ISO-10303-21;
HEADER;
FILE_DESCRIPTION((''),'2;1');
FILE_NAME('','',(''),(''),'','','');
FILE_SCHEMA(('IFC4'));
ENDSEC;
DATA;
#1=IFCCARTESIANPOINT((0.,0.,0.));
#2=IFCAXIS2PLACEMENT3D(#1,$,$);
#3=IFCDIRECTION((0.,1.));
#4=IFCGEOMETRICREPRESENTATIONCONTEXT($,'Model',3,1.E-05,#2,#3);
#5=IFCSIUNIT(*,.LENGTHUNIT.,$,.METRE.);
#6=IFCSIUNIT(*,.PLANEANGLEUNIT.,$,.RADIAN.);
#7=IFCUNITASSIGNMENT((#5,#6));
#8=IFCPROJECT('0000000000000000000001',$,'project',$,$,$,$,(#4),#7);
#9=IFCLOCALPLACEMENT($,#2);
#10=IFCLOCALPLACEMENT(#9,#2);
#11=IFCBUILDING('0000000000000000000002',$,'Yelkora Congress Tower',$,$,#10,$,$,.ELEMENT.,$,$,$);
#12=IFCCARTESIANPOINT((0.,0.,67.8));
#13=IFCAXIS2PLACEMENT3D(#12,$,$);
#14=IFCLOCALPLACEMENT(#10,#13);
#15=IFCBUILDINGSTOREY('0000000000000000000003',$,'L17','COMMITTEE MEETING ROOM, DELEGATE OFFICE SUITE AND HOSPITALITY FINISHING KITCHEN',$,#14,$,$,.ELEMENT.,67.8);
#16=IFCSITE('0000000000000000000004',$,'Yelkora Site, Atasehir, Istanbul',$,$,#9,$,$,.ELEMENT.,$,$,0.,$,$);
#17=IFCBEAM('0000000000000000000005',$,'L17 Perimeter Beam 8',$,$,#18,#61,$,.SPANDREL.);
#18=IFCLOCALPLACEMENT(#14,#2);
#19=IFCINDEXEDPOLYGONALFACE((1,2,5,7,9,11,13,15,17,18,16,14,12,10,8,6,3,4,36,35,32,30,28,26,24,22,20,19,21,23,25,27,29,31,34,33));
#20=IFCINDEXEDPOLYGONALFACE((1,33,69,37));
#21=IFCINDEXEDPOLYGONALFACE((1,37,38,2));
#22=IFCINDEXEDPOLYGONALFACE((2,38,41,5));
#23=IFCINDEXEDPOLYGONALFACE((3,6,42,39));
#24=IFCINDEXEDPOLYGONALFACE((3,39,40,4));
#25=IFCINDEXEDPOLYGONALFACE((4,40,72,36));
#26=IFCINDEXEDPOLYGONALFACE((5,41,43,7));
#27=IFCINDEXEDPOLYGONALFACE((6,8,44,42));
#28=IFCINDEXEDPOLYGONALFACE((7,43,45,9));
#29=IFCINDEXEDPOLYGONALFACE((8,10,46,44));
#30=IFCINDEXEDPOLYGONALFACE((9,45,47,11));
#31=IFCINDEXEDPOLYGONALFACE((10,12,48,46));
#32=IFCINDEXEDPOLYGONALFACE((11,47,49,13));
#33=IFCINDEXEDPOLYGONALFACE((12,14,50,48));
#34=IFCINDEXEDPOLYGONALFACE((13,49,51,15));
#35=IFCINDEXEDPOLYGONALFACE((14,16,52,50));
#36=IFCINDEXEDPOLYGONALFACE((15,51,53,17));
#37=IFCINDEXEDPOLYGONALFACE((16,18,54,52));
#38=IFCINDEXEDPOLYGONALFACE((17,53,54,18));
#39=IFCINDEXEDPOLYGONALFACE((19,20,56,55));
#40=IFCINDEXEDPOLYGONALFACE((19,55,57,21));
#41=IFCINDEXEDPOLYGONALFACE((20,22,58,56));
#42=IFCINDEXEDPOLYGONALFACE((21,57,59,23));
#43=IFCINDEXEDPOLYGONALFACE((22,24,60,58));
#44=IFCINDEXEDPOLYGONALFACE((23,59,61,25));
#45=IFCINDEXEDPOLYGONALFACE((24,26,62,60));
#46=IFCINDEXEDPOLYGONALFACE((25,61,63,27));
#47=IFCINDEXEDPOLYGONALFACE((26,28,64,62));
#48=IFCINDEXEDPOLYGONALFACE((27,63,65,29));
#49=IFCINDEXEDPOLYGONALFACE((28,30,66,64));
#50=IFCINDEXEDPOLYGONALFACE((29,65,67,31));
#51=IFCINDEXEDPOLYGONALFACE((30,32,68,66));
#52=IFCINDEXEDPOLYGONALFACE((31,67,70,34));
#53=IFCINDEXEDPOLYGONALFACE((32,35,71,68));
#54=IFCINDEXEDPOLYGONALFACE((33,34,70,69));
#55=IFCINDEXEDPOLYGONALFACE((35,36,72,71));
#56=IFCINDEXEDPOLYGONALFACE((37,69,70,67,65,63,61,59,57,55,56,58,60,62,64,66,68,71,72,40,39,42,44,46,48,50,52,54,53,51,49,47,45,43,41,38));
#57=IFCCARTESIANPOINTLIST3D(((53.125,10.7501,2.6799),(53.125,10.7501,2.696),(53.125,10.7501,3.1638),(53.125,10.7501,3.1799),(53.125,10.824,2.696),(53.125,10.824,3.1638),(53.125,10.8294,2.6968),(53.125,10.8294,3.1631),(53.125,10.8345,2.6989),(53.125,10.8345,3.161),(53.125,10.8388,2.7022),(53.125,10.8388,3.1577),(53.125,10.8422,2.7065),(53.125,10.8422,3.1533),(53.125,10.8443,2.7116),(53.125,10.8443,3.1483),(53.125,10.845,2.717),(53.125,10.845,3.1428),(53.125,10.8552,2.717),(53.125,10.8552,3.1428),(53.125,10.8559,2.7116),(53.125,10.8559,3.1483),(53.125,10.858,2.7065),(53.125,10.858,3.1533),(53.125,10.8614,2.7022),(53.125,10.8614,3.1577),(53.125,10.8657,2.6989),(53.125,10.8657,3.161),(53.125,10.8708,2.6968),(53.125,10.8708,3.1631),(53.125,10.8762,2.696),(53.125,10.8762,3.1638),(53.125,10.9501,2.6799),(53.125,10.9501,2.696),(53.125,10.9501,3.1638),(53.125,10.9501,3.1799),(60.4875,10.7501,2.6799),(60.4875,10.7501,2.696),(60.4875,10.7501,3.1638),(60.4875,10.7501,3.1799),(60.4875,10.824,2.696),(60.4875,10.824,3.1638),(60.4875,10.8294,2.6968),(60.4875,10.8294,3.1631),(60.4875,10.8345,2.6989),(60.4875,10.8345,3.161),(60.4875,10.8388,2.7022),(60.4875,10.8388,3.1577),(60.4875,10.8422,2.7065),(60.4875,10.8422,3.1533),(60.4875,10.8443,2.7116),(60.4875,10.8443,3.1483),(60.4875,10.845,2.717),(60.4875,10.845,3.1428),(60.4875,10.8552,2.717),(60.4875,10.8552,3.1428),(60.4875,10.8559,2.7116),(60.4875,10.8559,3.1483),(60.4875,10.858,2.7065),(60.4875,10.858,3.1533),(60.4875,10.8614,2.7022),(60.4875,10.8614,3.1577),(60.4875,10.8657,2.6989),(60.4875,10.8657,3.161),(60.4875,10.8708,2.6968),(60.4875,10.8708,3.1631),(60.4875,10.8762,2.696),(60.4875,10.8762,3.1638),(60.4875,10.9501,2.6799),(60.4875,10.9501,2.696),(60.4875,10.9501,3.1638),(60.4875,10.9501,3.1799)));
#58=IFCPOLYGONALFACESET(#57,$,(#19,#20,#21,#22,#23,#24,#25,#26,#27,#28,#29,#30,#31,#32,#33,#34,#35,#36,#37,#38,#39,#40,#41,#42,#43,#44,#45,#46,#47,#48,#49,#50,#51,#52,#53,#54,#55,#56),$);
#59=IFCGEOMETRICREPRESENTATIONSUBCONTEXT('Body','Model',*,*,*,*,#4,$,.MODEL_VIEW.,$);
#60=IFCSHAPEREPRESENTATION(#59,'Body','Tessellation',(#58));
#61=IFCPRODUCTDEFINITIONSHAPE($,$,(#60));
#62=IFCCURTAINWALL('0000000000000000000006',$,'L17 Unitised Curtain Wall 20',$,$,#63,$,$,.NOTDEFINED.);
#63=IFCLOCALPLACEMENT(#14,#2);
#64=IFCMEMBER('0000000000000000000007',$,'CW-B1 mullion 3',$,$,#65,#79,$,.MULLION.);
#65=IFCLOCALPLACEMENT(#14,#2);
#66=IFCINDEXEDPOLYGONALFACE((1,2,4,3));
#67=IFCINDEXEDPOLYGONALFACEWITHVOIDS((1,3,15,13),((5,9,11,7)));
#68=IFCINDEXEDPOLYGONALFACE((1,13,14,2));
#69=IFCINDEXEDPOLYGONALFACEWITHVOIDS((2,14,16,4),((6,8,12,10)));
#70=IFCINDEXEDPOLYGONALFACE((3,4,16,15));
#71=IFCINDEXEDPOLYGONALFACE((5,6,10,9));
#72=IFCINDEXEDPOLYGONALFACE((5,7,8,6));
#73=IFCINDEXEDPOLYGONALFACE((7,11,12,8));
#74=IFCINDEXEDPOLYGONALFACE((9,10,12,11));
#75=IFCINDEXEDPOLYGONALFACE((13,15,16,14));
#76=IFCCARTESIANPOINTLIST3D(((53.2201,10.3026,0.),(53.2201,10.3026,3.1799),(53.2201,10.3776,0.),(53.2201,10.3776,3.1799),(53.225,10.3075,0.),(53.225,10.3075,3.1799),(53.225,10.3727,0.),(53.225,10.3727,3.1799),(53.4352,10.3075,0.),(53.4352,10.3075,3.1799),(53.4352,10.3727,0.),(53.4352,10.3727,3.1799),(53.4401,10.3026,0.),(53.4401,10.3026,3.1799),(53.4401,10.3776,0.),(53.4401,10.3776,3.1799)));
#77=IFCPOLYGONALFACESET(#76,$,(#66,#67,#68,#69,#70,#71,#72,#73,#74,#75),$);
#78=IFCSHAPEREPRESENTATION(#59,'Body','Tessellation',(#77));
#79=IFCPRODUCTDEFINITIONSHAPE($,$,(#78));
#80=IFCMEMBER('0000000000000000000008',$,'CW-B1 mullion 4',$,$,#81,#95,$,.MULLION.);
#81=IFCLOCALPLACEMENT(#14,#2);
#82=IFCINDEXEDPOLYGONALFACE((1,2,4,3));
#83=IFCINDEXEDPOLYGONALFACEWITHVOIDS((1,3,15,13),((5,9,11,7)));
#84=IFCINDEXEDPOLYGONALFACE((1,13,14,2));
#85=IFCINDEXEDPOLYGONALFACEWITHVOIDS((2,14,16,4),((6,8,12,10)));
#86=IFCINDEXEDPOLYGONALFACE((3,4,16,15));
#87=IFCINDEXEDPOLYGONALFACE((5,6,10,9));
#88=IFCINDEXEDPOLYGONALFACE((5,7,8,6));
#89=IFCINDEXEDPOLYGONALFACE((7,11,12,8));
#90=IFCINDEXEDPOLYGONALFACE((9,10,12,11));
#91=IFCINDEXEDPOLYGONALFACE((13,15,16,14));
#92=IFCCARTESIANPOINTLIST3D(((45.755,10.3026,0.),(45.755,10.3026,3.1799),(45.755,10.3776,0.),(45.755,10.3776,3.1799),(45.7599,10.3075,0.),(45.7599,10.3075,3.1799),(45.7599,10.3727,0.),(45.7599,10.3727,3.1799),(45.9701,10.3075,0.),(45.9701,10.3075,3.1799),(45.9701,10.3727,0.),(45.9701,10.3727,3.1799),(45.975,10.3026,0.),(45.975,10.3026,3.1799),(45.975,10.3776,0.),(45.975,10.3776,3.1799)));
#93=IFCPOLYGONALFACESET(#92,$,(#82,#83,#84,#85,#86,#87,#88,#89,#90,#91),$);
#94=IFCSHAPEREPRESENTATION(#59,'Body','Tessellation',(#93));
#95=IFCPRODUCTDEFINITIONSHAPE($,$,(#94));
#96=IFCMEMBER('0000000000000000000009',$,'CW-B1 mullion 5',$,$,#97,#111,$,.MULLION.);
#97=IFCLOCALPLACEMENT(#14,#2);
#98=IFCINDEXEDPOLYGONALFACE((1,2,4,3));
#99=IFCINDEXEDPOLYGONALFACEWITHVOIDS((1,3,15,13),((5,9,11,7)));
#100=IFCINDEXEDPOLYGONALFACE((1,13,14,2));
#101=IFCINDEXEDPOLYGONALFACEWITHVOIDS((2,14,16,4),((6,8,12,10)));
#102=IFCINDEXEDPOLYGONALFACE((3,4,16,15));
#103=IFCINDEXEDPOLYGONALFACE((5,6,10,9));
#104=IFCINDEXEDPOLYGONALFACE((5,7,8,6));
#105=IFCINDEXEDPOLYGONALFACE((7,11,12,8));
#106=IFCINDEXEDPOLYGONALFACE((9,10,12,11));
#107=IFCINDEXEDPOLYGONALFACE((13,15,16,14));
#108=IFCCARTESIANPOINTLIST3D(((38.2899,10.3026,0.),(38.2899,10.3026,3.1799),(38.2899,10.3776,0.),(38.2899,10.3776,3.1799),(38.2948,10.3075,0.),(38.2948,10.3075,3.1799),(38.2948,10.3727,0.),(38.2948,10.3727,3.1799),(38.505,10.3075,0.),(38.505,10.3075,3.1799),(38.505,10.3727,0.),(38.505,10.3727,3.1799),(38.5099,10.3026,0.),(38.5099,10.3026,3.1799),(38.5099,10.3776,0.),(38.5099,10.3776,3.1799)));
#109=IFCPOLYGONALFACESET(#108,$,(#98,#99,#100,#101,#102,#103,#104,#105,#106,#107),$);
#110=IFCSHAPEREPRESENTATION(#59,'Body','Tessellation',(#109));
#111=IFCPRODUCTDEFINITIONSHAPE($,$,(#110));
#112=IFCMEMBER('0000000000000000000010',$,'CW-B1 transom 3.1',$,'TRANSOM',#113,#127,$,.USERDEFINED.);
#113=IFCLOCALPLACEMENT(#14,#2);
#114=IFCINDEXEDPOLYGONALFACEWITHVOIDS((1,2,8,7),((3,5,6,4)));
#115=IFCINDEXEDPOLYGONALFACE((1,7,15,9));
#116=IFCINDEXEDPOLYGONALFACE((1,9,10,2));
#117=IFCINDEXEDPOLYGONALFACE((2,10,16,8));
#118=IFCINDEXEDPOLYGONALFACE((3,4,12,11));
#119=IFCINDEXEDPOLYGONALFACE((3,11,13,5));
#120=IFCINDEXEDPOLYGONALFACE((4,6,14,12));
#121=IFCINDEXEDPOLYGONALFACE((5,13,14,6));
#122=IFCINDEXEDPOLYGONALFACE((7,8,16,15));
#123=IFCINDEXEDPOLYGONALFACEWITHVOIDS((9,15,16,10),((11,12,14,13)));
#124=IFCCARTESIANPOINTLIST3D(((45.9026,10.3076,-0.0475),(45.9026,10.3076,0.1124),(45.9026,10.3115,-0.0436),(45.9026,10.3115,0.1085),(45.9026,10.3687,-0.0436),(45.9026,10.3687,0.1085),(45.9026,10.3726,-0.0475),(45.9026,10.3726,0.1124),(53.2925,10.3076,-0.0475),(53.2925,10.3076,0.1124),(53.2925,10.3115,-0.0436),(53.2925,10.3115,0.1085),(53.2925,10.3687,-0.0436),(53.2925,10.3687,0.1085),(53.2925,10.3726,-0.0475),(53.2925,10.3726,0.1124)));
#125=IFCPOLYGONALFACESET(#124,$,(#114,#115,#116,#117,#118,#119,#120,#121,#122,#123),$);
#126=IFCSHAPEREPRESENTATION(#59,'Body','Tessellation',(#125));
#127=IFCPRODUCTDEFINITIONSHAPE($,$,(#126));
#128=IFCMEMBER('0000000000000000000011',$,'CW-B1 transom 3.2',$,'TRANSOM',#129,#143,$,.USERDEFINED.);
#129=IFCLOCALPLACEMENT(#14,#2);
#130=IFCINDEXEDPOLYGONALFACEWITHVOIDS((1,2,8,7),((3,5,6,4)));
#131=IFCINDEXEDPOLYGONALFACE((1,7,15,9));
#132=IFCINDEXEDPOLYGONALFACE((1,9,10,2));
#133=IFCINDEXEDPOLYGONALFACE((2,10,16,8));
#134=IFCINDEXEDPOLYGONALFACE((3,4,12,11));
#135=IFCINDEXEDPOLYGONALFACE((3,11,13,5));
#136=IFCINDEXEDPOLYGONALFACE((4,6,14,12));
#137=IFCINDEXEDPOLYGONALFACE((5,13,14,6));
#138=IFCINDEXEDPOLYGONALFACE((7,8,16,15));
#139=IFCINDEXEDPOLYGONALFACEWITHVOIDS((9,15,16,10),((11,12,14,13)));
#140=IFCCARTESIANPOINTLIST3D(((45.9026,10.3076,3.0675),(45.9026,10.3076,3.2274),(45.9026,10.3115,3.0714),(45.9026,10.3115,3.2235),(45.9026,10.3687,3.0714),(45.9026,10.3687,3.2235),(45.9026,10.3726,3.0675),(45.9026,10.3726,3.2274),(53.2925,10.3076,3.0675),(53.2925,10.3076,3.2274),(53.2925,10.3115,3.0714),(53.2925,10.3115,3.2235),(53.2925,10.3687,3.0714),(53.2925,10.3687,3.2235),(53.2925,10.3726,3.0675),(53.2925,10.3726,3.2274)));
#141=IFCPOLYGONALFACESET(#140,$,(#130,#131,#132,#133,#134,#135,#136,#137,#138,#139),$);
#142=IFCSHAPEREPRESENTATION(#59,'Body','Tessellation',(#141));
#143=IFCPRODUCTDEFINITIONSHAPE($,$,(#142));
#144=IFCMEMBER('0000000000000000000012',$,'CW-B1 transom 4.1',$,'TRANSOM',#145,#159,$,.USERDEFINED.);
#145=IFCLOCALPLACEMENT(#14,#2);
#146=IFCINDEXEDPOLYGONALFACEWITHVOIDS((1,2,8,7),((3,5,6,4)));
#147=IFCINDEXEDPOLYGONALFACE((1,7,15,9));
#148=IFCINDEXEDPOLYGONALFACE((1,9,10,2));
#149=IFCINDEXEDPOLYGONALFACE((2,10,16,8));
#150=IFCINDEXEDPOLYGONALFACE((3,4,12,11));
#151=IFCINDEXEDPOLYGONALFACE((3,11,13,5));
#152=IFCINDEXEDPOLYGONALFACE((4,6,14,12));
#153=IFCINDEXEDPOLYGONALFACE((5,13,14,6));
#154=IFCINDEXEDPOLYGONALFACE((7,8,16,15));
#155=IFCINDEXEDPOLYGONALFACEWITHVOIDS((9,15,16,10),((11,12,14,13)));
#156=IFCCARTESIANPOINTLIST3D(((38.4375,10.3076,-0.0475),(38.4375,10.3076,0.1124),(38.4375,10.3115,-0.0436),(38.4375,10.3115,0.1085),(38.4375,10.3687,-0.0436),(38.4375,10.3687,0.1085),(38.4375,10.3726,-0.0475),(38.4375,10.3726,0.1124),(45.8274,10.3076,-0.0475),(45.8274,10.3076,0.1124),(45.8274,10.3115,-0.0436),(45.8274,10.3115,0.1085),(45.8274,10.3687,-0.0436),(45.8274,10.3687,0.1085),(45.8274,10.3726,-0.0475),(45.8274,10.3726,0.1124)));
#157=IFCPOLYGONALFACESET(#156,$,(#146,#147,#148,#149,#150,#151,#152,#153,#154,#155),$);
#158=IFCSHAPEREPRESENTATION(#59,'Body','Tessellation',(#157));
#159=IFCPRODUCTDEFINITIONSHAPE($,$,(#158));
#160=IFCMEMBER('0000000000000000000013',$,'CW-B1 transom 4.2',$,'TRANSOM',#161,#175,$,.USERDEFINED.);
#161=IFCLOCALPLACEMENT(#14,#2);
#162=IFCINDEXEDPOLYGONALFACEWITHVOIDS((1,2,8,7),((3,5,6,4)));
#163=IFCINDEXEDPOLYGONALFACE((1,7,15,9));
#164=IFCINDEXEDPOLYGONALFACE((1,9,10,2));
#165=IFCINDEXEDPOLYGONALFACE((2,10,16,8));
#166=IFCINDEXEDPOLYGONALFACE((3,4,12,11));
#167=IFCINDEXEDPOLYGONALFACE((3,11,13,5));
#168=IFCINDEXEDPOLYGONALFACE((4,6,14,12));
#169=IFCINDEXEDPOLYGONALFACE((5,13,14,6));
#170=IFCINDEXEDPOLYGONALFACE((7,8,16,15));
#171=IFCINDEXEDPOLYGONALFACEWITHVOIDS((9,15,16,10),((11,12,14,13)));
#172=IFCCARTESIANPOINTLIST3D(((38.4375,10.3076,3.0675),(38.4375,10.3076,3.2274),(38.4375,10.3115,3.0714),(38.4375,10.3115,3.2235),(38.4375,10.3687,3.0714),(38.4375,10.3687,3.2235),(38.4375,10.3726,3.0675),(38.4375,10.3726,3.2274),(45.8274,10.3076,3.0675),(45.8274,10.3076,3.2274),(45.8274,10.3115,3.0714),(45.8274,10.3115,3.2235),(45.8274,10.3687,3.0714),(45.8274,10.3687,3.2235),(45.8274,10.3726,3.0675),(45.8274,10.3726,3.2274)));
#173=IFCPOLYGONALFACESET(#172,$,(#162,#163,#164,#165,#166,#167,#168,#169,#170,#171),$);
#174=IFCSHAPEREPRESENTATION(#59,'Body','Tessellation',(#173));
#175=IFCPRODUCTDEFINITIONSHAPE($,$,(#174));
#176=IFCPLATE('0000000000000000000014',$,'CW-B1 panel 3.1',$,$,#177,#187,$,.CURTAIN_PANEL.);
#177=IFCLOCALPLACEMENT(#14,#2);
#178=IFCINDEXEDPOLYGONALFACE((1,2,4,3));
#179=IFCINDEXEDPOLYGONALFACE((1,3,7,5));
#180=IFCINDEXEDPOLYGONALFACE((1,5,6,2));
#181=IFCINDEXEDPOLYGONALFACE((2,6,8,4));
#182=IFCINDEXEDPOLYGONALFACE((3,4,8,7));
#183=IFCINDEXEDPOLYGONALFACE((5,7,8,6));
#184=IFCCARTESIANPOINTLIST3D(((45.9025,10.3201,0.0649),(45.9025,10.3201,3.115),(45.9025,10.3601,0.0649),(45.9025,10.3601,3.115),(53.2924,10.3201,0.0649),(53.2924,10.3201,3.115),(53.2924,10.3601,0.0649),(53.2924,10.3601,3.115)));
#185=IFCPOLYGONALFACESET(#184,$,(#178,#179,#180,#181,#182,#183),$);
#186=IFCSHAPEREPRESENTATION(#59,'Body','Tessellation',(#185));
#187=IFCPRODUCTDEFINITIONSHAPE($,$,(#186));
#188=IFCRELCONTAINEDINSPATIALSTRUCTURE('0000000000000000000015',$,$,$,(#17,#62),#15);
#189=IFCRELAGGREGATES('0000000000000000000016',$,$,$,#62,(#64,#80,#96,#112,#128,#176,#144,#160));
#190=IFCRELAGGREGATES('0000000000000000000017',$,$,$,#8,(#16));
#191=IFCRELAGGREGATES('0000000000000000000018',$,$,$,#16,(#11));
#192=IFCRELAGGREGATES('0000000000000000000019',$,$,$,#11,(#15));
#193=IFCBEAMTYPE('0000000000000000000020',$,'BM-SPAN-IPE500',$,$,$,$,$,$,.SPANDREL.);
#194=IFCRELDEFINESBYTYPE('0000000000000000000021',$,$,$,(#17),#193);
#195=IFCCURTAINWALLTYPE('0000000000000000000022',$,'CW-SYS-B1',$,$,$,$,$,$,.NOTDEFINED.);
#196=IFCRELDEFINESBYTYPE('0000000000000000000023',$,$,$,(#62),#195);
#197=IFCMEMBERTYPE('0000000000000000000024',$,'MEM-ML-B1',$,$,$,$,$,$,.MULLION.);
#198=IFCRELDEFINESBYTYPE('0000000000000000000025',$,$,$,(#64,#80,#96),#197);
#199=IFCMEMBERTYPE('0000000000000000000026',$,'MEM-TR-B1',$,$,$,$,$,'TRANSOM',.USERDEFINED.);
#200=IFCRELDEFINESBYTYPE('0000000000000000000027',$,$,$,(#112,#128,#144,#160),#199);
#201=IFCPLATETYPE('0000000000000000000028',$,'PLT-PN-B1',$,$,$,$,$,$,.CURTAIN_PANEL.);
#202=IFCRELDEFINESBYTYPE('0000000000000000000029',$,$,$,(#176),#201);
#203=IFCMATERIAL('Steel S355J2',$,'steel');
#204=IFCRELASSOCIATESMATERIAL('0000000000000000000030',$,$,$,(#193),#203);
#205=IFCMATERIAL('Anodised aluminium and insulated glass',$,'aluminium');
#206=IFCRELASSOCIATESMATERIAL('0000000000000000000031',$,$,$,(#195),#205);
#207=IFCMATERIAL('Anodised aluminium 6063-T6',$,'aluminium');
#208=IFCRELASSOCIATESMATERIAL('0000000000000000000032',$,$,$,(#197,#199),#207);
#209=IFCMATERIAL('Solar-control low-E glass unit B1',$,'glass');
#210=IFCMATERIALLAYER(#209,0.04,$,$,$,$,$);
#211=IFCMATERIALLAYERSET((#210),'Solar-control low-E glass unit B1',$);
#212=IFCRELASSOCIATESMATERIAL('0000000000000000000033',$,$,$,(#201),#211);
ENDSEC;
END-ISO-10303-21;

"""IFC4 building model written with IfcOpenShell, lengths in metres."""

from ifc_helpers import new_model, si_unit, direction, frame, origin, origin_2d, place, context, subcontext, project, spatial, rectangle, hollow_rectangle, i_section, extrude, material, layer, layer_set, material_profile, profile_set, type_object, element, aggregate, save


model = new_model("IFC4")

# Units and contexts
model_context = context("Model", 3, precision=1e-05, world=origin(), true_north=direction((0.0, 1.0)))
body_context = subcontext(model_context, "Body", "Model", "MODEL_VIEW")
ifc_project = project(units=[si_unit("LENGTHUNIT", "METRE"), si_unit("PLANEANGLEUNIT", "RADIAN")], contexts=[model_context])

# Site, building, storey
site_placement = place(None, origin())
site = spatial("IfcSite", under=ifc_project, at=site_placement, Name="Yelkora Site, Atasehir, Istanbul", CompositionType="ELEMENT", RefElevation=0.0)
building_placement = place(site_placement, origin())
building = spatial("IfcBuilding", under=site, at=building_placement, Name="Yelkora Congress Tower", CompositionType="ELEMENT")
storey_placement = place(building_placement, frame((0.0, 0.0, 67.8)))
storey = spatial("IfcBuildingStorey", under=building, at=storey_placement, Name="L17", Description="COMMITTEE MEETING ROOM, DELEGATE OFFICE SUITE AND HOSPITALITY FINISHING KITCHEN", CompositionType="ELEMENT", Elevation=67.8)

# Beam
ifc_material_1 = material(Name="Steel S355J2", Category="steel")
ifc_material_profile_1 = material_profile(ifc_material_1, i_section(OverallWidth=0.2, OverallDepth=0.5, WebThickness=0.0103, FlangeThickness=0.0161, FilletRadius=0.021, at=origin_2d()), Name="IPE 500")
ifc_profile_set_1 = profile_set([ifc_material_profile_1], Name="Steel S355J2")
beam_type_1 = type_object("IfcBeamType", Name="BM-SPAN-IPE500", PredefinedType="SPANDREL", material=ifc_profile_set_1)
for number, where, z_axis, x_axis, name in (
    (1, (53.125, 10.8501, 2.9299), (1.0, 0.0, 0.0), (0.0, 1.0, 0.0), "L17 Perimeter Beam 8"),
):
    element("IfcBeam", number, at=place(storey_placement, frame(where, z_axis=z_axis, x_axis=x_axis)), inside=storey, type_object=beam_type_1, Name=name, PredefinedType="SPANDREL", context=body_context, shape_type="SweptSolid", body=[
        extrude(i_section(OverallWidth=0.2, OverallDepth=0.5, WebThickness=0.0103, FlangeThickness=0.0161, FilletRadius=0.021, at=origin_2d()), origin(), (0.0, 0.0, 1.0), 7.3625),
    ])

# Curtain wall, members, plate
ifc_material_2 = material(Name="Anodised aluminium and insulated glass", Category="aluminium")
curtain_wall_type = type_object("IfcCurtainWallType", Name="CW-SYS-B1", PredefinedType="NOTDEFINED", material=ifc_material_2)
curtain_wall_placement = place(storey_placement, origin())
curtain_wall = element("IfcCurtainWall", 2, at=curtain_wall_placement, inside=storey, type_object=curtain_wall_type, Name="L17 Unitised Curtain Wall 20", PredefinedType="NOTDEFINED")
ifc_material_3 = material(Name="Anodised aluminium 6063-T6", Category="aluminium")
ifc_material_profile_2 = material_profile(ifc_material_3, hollow_rectangle(XDim=0.075, YDim=0.22, WallThickness=0.0049, at=origin_2d()), Name="ALU 75x220x5")
ifc_profile_set_2 = profile_set([ifc_material_profile_2], Name="Anodised aluminium 6063-T6")
member_type_1 = type_object("IfcMemberType", Name="MEM-ML-B1", PredefinedType="MULLION", material=ifc_profile_set_2)
member_1_placement = place(storey_placement, frame((53.3301, 10.3401, 0.0), z_axis=(0.0, 0.0, 1.0), x_axis=(0.0, -1.0, 0.0)))
member_1 = element("IfcMember", 3, at=member_1_placement, type_object=member_type_1, Name="CW-B1 mullion 3", PredefinedType="MULLION", context=body_context, shape_type="SweptSolid", body=[
    extrude(hollow_rectangle(XDim=0.075, YDim=0.22, WallThickness=0.0049, at=origin_2d()), origin(), (0.0, 0.0, 1.0), 3.1799),
])
member_2_placement = place(storey_placement, frame((45.865, 10.3401, 0.0), z_axis=(0.0, 0.0, 1.0), x_axis=(0.0, -1.0, 0.0)))
member_2 = element("IfcMember", 4, at=member_2_placement, type_object=member_type_1, Name="CW-B1 mullion 4", PredefinedType="MULLION", context=body_context, shape_type="SweptSolid", body=[
    extrude(hollow_rectangle(XDim=0.075, YDim=0.22, WallThickness=0.0049, at=origin_2d()), origin(), (0.0, 0.0, 1.0), 3.1799),
])
member_3_placement = place(storey_placement, frame((38.3999, 10.3401, 0.0), z_axis=(0.0, 0.0, 1.0), x_axis=(0.0, -1.0, 0.0)))
member_3 = element("IfcMember", 5, at=member_3_placement, type_object=member_type_1, Name="CW-B1 mullion 5", PredefinedType="MULLION", context=body_context, shape_type="SweptSolid", body=[
    extrude(hollow_rectangle(XDim=0.075, YDim=0.22, WallThickness=0.0049, at=origin_2d()), origin(), (0.0, 0.0, 1.0), 3.1799),
])
ifc_material_profile_3 = material_profile(ifc_material_3, hollow_rectangle(XDim=0.0649, YDim=0.1599, WallThickness=0.0039, at=origin_2d()), Name="ALU 65x160x4")
ifc_profile_set_3 = profile_set([ifc_material_profile_3], Name="Anodised aluminium 6063-T6")
member_type_2 = type_object("IfcMemberType", Name="MEM-TR-B1", ElementType="TRANSOM", PredefinedType="USERDEFINED", material=ifc_profile_set_3)
member_4_placement = place(storey_placement, frame((53.2925, 10.3401, 0.0325), z_axis=(-1.0, 0.0, 0.0), x_axis=(0.0, -1.0, 0.0)))
member_4 = element("IfcMember", 6, at=member_4_placement, type_object=member_type_2, Name="CW-B1 transom 3.1", ObjectType="TRANSOM", PredefinedType="USERDEFINED", context=body_context, shape_type="SweptSolid", body=[
    extrude(hollow_rectangle(XDim=0.0649, YDim=0.1599, WallThickness=0.0039, at=origin_2d()), origin(), (0.0, 0.0, 1.0), 7.3899),
])
member_5_placement = place(storey_placement, frame((53.2925, 10.3401, 3.1475), z_axis=(-1.0, 0.0, 0.0), x_axis=(0.0, -1.0, 0.0)))
member_5 = element("IfcMember", 7, at=member_5_placement, type_object=member_type_2, Name="CW-B1 transom 3.2", ObjectType="TRANSOM", PredefinedType="USERDEFINED", context=body_context, shape_type="SweptSolid", body=[
    extrude(hollow_rectangle(XDim=0.0649, YDim=0.1599, WallThickness=0.0039, at=origin_2d()), origin(), (0.0, 0.0, 1.0), 7.3899),
])
member_6_placement = place(storey_placement, frame((45.8274, 10.3401, 0.0325), z_axis=(-1.0, 0.0, 0.0), x_axis=(0.0, -1.0, 0.0)))
member_6 = element("IfcMember", 8, at=member_6_placement, type_object=member_type_2, Name="CW-B1 transom 4.1", ObjectType="TRANSOM", PredefinedType="USERDEFINED", context=body_context, shape_type="SweptSolid", body=[
    extrude(hollow_rectangle(XDim=0.0649, YDim=0.1599, WallThickness=0.0039, at=origin_2d()), origin(), (0.0, 0.0, 1.0), 7.3899),
])
member_7_placement = place(storey_placement, frame((45.8274, 10.3401, 3.1475), z_axis=(-1.0, 0.0, 0.0), x_axis=(0.0, -1.0, 0.0)))
member_7 = element("IfcMember", 9, at=member_7_placement, type_object=member_type_2, Name="CW-B1 transom 4.2", ObjectType="TRANSOM", PredefinedType="USERDEFINED", context=body_context, shape_type="SweptSolid", body=[
    extrude(hollow_rectangle(XDim=0.0649, YDim=0.1599, WallThickness=0.0039, at=origin_2d()), origin(), (0.0, 0.0, 1.0), 7.3899),
])
ifc_material_4 = material(Name="Solar-control low-E glass unit B1", Category="glass")
ifc_layer_1 = layer(ifc_material_4, 0.04)
ifc_layer_set_1 = layer_set([ifc_layer_1], Name="Solar-control low-E glass unit B1")
plate_type = type_object("IfcPlateType", Name="PLT-PN-B1", PredefinedType="CURTAIN_PANEL", material=ifc_layer_set_1)
plate_1_placement = place(storey_placement, frame((49.5974, 10.3401, 0.0649), z_axis=(0.0, 0.0, 1.0), x_axis=(-1.0, 0.0, 0.0)))
plate_1 = element("IfcPlate", 10, at=plate_1_placement, type_object=plate_type, Name="CW-B1 panel 3.1", PredefinedType="CURTAIN_PANEL", context=body_context, shape_type="SweptSolid", body=[
    extrude(rectangle(XDim=7.3899, YDim=0.04, at=origin_2d()), origin(), (0.0, 0.0, 1.0), 3.05),
])
aggregate(curtain_wall, [member_1, member_2, member_3, member_4, member_5, plate_1, member_6, member_7])

save(model, "model.ifc")
